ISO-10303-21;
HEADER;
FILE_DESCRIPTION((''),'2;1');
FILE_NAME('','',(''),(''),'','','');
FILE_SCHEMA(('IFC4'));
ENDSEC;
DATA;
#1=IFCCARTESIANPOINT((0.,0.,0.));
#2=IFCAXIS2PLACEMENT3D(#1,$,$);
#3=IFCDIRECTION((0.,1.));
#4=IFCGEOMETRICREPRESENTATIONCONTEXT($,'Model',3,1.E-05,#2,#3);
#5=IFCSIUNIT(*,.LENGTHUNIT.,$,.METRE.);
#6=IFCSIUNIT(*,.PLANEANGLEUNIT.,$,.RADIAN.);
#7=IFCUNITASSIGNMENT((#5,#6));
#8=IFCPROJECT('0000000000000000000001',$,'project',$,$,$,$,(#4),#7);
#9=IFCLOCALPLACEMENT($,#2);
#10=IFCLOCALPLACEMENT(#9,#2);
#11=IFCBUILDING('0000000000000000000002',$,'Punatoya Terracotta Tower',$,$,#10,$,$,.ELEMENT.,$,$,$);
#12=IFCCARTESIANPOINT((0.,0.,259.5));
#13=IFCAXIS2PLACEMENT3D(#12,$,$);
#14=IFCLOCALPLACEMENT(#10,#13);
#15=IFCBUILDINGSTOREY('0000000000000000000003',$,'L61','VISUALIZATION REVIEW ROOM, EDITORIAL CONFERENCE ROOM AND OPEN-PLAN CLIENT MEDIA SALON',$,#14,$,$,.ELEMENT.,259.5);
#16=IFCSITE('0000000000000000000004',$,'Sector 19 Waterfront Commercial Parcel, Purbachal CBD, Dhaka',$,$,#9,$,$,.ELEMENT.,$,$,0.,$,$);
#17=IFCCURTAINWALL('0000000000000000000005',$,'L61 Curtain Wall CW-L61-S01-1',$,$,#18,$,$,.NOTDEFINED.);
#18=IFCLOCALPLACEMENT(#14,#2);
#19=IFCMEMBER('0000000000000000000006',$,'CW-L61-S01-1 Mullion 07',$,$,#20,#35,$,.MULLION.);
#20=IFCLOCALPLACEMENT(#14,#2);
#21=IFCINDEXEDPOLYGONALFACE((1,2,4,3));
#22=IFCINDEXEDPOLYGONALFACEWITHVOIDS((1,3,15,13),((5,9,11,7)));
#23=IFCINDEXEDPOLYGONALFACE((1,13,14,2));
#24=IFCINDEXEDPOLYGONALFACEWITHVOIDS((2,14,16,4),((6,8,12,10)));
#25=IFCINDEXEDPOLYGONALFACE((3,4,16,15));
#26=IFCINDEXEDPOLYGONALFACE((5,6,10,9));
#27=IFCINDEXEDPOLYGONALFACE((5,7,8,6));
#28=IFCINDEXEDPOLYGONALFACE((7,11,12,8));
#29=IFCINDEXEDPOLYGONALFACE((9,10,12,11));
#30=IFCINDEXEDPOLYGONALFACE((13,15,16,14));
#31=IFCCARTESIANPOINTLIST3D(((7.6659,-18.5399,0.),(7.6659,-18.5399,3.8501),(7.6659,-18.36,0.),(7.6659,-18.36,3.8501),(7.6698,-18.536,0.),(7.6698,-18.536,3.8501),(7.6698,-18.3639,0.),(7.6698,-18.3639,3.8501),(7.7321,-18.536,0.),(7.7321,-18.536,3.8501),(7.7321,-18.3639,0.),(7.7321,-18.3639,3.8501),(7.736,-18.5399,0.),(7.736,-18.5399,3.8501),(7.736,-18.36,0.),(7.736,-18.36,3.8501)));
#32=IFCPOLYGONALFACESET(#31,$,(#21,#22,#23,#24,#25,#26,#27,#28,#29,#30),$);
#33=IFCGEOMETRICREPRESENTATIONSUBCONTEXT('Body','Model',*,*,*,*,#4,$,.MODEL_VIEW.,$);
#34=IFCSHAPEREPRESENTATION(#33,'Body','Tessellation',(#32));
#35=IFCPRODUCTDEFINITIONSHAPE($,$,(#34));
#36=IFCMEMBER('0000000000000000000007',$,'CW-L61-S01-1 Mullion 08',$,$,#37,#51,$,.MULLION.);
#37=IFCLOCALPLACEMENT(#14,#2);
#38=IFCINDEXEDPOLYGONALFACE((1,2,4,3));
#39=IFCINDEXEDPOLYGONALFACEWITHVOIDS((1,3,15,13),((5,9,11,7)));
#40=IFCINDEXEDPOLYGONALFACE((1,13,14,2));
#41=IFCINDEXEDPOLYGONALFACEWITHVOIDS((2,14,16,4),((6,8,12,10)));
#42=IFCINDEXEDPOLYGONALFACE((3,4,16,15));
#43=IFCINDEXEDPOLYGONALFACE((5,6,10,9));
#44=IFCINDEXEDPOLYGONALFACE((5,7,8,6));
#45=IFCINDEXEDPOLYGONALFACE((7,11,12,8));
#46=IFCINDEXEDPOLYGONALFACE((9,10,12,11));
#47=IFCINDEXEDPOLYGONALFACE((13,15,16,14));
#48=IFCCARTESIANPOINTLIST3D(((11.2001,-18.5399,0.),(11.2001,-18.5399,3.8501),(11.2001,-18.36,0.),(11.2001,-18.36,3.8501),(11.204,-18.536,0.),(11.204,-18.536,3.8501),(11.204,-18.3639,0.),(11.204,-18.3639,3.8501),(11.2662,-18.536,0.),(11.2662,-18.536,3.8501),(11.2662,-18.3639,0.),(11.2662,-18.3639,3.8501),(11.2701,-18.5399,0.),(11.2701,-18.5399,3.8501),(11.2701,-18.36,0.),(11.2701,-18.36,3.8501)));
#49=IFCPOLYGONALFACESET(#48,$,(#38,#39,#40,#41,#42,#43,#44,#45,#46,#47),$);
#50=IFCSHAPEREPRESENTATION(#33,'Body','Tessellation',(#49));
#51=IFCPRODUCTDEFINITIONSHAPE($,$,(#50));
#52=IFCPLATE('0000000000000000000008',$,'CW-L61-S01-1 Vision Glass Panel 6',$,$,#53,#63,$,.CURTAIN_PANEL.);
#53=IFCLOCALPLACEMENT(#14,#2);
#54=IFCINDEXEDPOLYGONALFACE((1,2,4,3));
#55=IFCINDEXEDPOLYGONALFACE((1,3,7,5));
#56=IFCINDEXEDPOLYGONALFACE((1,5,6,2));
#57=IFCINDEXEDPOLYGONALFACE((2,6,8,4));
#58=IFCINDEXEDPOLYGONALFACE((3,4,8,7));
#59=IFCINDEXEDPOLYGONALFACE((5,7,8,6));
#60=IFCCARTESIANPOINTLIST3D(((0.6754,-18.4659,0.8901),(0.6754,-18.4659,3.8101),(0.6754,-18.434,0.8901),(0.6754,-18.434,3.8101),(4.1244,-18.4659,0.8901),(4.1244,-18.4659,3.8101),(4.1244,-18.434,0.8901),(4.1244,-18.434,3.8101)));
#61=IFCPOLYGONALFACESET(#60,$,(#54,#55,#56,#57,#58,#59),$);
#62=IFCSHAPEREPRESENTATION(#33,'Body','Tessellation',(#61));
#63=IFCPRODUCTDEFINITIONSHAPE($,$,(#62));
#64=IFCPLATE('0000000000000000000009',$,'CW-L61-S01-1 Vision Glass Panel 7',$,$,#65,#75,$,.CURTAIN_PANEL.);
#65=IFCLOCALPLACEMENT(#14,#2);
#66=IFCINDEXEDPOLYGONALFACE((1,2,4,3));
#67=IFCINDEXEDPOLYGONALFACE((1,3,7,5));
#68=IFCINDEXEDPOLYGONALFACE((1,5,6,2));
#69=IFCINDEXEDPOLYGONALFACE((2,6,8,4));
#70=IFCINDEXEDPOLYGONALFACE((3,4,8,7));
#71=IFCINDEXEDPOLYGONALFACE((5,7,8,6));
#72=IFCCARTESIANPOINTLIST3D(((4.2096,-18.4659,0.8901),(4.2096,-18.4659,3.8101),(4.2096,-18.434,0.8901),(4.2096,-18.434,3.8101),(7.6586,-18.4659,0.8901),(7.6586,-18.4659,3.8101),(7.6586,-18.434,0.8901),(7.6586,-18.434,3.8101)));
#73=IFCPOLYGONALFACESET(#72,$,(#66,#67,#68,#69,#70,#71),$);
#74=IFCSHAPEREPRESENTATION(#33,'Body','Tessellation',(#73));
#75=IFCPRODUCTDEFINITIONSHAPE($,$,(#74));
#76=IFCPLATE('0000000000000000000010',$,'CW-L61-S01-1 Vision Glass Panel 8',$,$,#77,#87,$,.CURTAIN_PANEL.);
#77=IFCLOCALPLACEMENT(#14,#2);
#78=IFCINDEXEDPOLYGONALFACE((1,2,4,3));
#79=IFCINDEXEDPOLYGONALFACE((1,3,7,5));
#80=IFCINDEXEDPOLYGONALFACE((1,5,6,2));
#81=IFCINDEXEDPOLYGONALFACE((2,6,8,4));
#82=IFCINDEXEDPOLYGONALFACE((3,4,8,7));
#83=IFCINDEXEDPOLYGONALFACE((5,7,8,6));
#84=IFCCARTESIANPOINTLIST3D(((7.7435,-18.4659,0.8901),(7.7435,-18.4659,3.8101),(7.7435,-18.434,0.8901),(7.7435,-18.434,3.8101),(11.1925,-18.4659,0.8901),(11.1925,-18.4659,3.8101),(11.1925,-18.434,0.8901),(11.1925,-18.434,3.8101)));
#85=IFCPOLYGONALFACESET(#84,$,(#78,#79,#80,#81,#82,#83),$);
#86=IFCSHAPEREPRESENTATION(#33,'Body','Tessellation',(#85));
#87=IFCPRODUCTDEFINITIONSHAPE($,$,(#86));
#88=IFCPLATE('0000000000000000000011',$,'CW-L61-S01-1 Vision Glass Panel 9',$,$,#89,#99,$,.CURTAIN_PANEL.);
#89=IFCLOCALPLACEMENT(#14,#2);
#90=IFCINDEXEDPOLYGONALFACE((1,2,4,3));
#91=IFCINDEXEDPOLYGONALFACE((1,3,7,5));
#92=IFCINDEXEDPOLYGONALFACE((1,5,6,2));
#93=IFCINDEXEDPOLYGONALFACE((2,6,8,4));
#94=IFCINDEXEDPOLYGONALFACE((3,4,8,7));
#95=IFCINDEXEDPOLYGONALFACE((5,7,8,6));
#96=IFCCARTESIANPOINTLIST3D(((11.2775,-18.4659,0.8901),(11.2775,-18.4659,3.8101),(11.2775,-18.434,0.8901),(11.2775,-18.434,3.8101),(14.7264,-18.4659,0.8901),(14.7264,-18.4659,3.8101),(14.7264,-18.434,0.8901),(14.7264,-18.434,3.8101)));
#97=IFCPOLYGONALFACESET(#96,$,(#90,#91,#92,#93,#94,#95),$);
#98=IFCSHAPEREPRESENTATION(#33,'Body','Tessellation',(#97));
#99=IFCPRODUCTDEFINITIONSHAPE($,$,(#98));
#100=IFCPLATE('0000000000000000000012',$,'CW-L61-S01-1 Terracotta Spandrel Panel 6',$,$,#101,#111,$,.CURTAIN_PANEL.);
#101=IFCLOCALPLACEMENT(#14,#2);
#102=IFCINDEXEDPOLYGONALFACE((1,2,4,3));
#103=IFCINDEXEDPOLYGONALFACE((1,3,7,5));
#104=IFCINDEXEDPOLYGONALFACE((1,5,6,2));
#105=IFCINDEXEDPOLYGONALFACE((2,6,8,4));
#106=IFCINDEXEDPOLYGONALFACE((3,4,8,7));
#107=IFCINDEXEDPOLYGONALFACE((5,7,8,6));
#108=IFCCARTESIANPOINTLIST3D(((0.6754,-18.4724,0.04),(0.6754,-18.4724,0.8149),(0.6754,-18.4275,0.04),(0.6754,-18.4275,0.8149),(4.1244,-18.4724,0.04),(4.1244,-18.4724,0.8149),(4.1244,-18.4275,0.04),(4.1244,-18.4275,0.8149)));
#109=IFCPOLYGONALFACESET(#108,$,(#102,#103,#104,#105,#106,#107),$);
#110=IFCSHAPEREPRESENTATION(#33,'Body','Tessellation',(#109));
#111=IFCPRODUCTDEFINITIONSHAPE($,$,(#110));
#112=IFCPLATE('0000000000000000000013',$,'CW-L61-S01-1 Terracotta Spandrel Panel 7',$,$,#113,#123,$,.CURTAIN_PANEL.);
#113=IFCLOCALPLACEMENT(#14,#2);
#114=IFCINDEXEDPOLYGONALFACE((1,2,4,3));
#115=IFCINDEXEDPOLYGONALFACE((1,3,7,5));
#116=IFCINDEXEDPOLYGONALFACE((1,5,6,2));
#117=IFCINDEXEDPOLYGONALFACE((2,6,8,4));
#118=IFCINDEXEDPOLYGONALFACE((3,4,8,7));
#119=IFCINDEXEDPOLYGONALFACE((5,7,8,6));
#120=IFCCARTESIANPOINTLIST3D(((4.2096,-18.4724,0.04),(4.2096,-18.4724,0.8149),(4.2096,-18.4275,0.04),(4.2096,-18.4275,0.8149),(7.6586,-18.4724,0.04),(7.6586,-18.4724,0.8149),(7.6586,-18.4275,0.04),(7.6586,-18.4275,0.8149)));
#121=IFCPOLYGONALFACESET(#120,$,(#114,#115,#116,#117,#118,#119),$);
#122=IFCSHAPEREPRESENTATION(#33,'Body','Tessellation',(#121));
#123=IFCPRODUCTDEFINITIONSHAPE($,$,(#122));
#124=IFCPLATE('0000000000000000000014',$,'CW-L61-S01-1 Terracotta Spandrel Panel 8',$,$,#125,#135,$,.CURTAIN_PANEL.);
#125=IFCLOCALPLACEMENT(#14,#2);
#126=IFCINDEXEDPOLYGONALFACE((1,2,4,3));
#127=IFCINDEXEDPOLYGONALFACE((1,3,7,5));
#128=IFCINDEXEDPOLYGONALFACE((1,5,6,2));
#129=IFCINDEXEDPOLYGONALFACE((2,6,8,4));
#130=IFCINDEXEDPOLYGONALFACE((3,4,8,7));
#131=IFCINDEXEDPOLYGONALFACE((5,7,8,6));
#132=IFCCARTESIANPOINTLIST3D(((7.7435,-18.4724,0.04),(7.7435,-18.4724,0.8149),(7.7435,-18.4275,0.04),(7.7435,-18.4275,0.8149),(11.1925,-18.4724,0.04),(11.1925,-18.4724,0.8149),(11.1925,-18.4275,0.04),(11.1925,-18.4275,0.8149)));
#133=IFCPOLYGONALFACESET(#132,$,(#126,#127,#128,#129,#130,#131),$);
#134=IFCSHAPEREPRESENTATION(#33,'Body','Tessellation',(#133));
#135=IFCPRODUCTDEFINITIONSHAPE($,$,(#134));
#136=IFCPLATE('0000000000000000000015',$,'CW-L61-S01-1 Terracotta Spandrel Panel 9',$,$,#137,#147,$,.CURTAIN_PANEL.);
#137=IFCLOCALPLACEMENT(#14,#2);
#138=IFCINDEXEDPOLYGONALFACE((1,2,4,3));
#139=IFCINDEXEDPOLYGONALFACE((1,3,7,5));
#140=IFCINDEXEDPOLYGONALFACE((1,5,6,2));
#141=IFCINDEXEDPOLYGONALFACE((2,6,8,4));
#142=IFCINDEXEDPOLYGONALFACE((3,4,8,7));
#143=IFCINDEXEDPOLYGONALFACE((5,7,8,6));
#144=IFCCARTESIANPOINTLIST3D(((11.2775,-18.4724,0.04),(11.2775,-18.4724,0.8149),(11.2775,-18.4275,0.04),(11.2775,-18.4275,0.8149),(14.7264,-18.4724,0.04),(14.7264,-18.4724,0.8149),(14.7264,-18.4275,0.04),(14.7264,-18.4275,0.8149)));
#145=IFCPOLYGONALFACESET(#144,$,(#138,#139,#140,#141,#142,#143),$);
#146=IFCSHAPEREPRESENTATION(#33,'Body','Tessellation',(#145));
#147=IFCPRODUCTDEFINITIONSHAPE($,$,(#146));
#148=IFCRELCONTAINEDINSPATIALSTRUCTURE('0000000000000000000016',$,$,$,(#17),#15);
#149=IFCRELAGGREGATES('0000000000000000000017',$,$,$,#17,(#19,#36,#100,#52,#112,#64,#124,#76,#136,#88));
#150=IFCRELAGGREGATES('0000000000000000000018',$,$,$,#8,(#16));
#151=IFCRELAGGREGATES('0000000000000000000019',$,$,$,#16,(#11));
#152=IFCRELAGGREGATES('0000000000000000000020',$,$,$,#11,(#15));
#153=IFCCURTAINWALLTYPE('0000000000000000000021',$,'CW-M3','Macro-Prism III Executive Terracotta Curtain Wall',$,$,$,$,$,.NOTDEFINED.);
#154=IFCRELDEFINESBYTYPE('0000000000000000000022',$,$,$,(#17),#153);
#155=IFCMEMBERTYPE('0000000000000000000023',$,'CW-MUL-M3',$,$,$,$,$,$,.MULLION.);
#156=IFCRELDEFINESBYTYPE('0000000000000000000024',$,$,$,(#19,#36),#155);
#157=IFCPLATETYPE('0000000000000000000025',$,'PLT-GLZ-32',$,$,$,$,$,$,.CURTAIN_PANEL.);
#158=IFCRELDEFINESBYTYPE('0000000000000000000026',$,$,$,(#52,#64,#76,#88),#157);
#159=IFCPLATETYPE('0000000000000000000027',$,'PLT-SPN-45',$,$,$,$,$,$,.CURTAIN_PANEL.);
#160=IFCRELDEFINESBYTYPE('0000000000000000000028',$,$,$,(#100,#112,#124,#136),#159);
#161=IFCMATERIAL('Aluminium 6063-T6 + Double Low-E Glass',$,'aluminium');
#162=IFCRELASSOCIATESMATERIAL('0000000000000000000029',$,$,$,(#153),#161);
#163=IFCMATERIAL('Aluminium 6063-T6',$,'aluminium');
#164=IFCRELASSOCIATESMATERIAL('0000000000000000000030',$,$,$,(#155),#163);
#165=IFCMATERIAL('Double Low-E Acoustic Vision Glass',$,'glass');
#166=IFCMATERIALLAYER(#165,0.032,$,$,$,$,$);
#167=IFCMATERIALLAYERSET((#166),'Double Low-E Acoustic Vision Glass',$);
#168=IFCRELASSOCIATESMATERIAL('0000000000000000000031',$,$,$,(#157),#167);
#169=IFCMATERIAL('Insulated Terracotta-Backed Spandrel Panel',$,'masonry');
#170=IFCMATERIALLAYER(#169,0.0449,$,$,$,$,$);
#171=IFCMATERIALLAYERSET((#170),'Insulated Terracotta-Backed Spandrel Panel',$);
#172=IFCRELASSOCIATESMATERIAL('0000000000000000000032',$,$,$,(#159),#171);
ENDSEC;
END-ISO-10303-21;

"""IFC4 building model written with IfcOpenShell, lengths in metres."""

from ifc_helpers import new_model, si_unit, direction, frame, origin, origin_2d, place, context, subcontext, project, spatial, rectangle, hollow_rectangle, extrude, material, layer, layer_set, material_profile, profile_set, type_object, element, aggregate, save


model = new_model("IFC4")

# Units and contexts
model_context = context("Model", 3, precision=1e-05, world=origin(), true_north=direction((0.0, 1.0)))
body_context = subcontext(model_context, "Body", "Model", "MODEL_VIEW")
ifc_project = project(units=[si_unit("LENGTHUNIT", "METRE"), si_unit("PLANEANGLEUNIT", "RADIAN")], contexts=[model_context])

# Site, building, storey
site_placement = place(None, origin())
site = spatial("IfcSite", under=ifc_project, at=site_placement, Name="Sector 19 Waterfront Commercial Parcel, Purbachal CBD, Dhaka", CompositionType="ELEMENT", RefElevation=0.0)
building_placement = place(site_placement, origin())
building = spatial("IfcBuilding", under=site, at=building_placement, Name="Punatoya Terracotta Tower", CompositionType="ELEMENT")
storey_placement = place(building_placement, frame((0.0, 0.0, 259.5)))
storey = spatial("IfcBuildingStorey", under=building, at=storey_placement, Name="L61", Description="VISUALIZATION REVIEW ROOM, EDITORIAL CONFERENCE ROOM AND OPEN-PLAN CLIENT MEDIA SALON", CompositionType="ELEMENT", Elevation=259.5)

# Curtain wall, members, plates
ifc_material_1 = material(Name="Aluminium 6063-T6 + Double Low-E Glass", Category="aluminium")
curtain_wall_type = type_object("IfcCurtainWallType", Name="CW-M3", Description="Macro-Prism III Executive Terracotta Curtain Wall", PredefinedType="NOTDEFINED", material=ifc_material_1)
curtain_wall_placement = place(storey_placement, origin())
curtain_wall = element("IfcCurtainWall", 1, at=curtain_wall_placement, inside=storey, type_object=curtain_wall_type, Name="L61 Curtain Wall CW-L61-S01-1", PredefinedType="NOTDEFINED")
ifc_material_2 = material(Name="Aluminium 6063-T6", Category="aluminium")
ifc_material_profile_1 = material_profile(ifc_material_2, hollow_rectangle(XDim=0.0701, YDim=0.1799, WallThickness=0.0039, at=origin_2d()))
ifc_profile_set_1 = profile_set([ifc_material_profile_1], Name="Aluminium 6063-T6")
member_type = type_object("IfcMemberType", Name="CW-MUL-M3", PredefinedType="MULLION", material=ifc_profile_set_1)
member_1_placement = place(storey_placement, frame((7.7009, -18.45, 0.0), z_axis=(0.0, 0.0, 1.0), x_axis=(1.0, 0.0, 0.0)))
member_1 = element("IfcMember", 2, at=member_1_placement, type_object=member_type, Name="CW-L61-S01-1 Mullion 07", PredefinedType="MULLION", context=body_context, shape_type="SweptSolid", body=[
    extrude(hollow_rectangle(XDim=0.0701, YDim=0.1799, WallThickness=0.0039, at=origin_2d()), origin(), (0.0, 0.0, 1.0), 3.8501),
])
member_2_placement = place(storey_placement, frame((11.2351, -18.45, 0.0), z_axis=(0.0, 0.0, 1.0), x_axis=(1.0, 0.0, 0.0)))
member_2 = element("IfcMember", 3, at=member_2_placement, type_object=member_type, Name="CW-L61-S01-1 Mullion 08", PredefinedType="MULLION", context=body_context, shape_type="SweptSolid", body=[
    extrude(hollow_rectangle(XDim=0.0701, YDim=0.1799, WallThickness=0.0039, at=origin_2d()), origin(), (0.0, 0.0, 1.0), 3.8501),
])
ifc_material_3 = material(Name="Double Low-E Acoustic Vision Glass", Category="glass")
ifc_layer_1 = layer(ifc_material_3, 0.032)
ifc_layer_set_1 = layer_set([ifc_layer_1], Name="Double Low-E Acoustic Vision Glass")
plate_type_1 = type_object("IfcPlateType", Name="PLT-GLZ-32", PredefinedType="CURTAIN_PANEL", material=ifc_layer_set_1)
plate_1_placement = place(storey_placement, frame((2.3999, -18.45, 0.8901), z_axis=(0.0, 0.0, 1.0), x_axis=(1.0, 0.0, 0.0)))
plate_1 = element("IfcPlate", 4, at=plate_1_placement, type_object=plate_type_1, Name="CW-L61-S01-1 Vision Glass Panel 6", PredefinedType="CURTAIN_PANEL", context=body_context, shape_type="SweptSolid", body=[
    extrude(rectangle(XDim=3.449, YDim=0.032, at=origin_2d()), origin(), (0.0, 0.0, 1.0), 2.9199),
])
plate_2_placement = place(storey_placement, frame((5.9341, -18.45, 0.8901), z_axis=(0.0, 0.0, 1.0), x_axis=(1.0, 0.0, 0.0)))
plate_2 = element("IfcPlate", 5, at=plate_2_placement, type_object=plate_type_1, Name="CW-L61-S01-1 Vision Glass Panel 7", PredefinedType="CURTAIN_PANEL", context=body_context, shape_type="SweptSolid", body=[
    extrude(rectangle(XDim=3.449, YDim=0.032, at=origin_2d()), origin(), (0.0, 0.0, 1.0), 2.9199),
])
plate_3_placement = place(storey_placement, frame((9.468, -18.45, 0.8901), z_axis=(0.0, 0.0, 1.0), x_axis=(1.0, 0.0, 0.0)))
plate_3 = element("IfcPlate", 6, at=plate_3_placement, type_object=plate_type_1, Name="CW-L61-S01-1 Vision Glass Panel 8", PredefinedType="CURTAIN_PANEL", context=body_context, shape_type="SweptSolid", body=[
    extrude(rectangle(XDim=3.449, YDim=0.032, at=origin_2d()), origin(), (0.0, 0.0, 1.0), 2.9199),
])
plate_4_placement = place(storey_placement, frame((13.002, -18.45, 0.8901), z_axis=(0.0, 0.0, 1.0), x_axis=(1.0, 0.0, 0.0)))
plate_4 = element("IfcPlate", 7, at=plate_4_placement, type_object=plate_type_1, Name="CW-L61-S01-1 Vision Glass Panel 9", PredefinedType="CURTAIN_PANEL", context=body_context, shape_type="SweptSolid", body=[
    extrude(rectangle(XDim=3.449, YDim=0.032, at=origin_2d()), origin(), (0.0, 0.0, 1.0), 2.9199),
])
ifc_material_4 = material(Name="Insulated Terracotta-Backed Spandrel Panel", Category="masonry")
ifc_layer_2 = layer(ifc_material_4, 0.0449)
ifc_layer_set_2 = layer_set([ifc_layer_2], Name="Insulated Terracotta-Backed Spandrel Panel")
plate_type_2 = type_object("IfcPlateType", Name="PLT-SPN-45", PredefinedType="CURTAIN_PANEL", material=ifc_layer_set_2)
plate_5_placement = place(storey_placement, frame((2.3999, -18.45, 0.04), z_axis=(0.0, 0.0, 1.0), x_axis=(1.0, 0.0, 0.0)))
plate_5 = element("IfcPlate", 8, at=plate_5_placement, type_object=plate_type_2, Name="CW-L61-S01-1 Terracotta Spandrel Panel 6", PredefinedType="CURTAIN_PANEL", context=body_context, shape_type="SweptSolid", body=[
    extrude(rectangle(XDim=3.449, YDim=0.0449, at=origin_2d()), origin(), (0.0, 0.0, 1.0), 0.7749),
])
plate_6_placement = place(storey_placement, frame((5.9341, -18.45, 0.04), z_axis=(0.0, 0.0, 1.0), x_axis=(1.0, 0.0, 0.0)))
plate_6 = element("IfcPlate", 9, at=plate_6_placement, type_object=plate_type_2, Name="CW-L61-S01-1 Terracotta Spandrel Panel 7", PredefinedType="CURTAIN_PANEL", context=body_context, shape_type="SweptSolid", body=[
    extrude(rectangle(XDim=3.449, YDim=0.0449, at=origin_2d()), origin(), (0.0, 0.0, 1.0), 0.7749),
])
plate_7_placement = place(storey_placement, frame((9.468, -18.45, 0.04), z_axis=(0.0, 0.0, 1.0), x_axis=(1.0, 0.0, 0.0)))
plate_7 = element("IfcPlate", 10, at=plate_7_placement, type_object=plate_type_2, Name="CW-L61-S01-1 Terracotta Spandrel Panel 8", PredefinedType="CURTAIN_PANEL", context=body_context, shape_type="SweptSolid", body=[
    extrude(rectangle(XDim=3.449, YDim=0.0449, at=origin_2d()), origin(), (0.0, 0.0, 1.0), 0.7749),
])
plate_8_placement = place(storey_placement, frame((13.002, -18.45, 0.04), z_axis=(0.0, 0.0, 1.0), x_axis=(1.0, 0.0, 0.0)))
plate_8 = element("IfcPlate", 11, at=plate_8_placement, type_object=plate_type_2, Name="CW-L61-S01-1 Terracotta Spandrel Panel 9", PredefinedType="CURTAIN_PANEL", context=body_context, shape_type="SweptSolid", body=[
    extrude(rectangle(XDim=3.449, YDim=0.0449, at=origin_2d()), origin(), (0.0, 0.0, 1.0), 0.7749),
])
aggregate(curtain_wall, [member_1, member_2, plate_5, plate_1, plate_6, plate_2, plate_7, plate_3, plate_8, plate_4])

save(model, "model.ifc")
